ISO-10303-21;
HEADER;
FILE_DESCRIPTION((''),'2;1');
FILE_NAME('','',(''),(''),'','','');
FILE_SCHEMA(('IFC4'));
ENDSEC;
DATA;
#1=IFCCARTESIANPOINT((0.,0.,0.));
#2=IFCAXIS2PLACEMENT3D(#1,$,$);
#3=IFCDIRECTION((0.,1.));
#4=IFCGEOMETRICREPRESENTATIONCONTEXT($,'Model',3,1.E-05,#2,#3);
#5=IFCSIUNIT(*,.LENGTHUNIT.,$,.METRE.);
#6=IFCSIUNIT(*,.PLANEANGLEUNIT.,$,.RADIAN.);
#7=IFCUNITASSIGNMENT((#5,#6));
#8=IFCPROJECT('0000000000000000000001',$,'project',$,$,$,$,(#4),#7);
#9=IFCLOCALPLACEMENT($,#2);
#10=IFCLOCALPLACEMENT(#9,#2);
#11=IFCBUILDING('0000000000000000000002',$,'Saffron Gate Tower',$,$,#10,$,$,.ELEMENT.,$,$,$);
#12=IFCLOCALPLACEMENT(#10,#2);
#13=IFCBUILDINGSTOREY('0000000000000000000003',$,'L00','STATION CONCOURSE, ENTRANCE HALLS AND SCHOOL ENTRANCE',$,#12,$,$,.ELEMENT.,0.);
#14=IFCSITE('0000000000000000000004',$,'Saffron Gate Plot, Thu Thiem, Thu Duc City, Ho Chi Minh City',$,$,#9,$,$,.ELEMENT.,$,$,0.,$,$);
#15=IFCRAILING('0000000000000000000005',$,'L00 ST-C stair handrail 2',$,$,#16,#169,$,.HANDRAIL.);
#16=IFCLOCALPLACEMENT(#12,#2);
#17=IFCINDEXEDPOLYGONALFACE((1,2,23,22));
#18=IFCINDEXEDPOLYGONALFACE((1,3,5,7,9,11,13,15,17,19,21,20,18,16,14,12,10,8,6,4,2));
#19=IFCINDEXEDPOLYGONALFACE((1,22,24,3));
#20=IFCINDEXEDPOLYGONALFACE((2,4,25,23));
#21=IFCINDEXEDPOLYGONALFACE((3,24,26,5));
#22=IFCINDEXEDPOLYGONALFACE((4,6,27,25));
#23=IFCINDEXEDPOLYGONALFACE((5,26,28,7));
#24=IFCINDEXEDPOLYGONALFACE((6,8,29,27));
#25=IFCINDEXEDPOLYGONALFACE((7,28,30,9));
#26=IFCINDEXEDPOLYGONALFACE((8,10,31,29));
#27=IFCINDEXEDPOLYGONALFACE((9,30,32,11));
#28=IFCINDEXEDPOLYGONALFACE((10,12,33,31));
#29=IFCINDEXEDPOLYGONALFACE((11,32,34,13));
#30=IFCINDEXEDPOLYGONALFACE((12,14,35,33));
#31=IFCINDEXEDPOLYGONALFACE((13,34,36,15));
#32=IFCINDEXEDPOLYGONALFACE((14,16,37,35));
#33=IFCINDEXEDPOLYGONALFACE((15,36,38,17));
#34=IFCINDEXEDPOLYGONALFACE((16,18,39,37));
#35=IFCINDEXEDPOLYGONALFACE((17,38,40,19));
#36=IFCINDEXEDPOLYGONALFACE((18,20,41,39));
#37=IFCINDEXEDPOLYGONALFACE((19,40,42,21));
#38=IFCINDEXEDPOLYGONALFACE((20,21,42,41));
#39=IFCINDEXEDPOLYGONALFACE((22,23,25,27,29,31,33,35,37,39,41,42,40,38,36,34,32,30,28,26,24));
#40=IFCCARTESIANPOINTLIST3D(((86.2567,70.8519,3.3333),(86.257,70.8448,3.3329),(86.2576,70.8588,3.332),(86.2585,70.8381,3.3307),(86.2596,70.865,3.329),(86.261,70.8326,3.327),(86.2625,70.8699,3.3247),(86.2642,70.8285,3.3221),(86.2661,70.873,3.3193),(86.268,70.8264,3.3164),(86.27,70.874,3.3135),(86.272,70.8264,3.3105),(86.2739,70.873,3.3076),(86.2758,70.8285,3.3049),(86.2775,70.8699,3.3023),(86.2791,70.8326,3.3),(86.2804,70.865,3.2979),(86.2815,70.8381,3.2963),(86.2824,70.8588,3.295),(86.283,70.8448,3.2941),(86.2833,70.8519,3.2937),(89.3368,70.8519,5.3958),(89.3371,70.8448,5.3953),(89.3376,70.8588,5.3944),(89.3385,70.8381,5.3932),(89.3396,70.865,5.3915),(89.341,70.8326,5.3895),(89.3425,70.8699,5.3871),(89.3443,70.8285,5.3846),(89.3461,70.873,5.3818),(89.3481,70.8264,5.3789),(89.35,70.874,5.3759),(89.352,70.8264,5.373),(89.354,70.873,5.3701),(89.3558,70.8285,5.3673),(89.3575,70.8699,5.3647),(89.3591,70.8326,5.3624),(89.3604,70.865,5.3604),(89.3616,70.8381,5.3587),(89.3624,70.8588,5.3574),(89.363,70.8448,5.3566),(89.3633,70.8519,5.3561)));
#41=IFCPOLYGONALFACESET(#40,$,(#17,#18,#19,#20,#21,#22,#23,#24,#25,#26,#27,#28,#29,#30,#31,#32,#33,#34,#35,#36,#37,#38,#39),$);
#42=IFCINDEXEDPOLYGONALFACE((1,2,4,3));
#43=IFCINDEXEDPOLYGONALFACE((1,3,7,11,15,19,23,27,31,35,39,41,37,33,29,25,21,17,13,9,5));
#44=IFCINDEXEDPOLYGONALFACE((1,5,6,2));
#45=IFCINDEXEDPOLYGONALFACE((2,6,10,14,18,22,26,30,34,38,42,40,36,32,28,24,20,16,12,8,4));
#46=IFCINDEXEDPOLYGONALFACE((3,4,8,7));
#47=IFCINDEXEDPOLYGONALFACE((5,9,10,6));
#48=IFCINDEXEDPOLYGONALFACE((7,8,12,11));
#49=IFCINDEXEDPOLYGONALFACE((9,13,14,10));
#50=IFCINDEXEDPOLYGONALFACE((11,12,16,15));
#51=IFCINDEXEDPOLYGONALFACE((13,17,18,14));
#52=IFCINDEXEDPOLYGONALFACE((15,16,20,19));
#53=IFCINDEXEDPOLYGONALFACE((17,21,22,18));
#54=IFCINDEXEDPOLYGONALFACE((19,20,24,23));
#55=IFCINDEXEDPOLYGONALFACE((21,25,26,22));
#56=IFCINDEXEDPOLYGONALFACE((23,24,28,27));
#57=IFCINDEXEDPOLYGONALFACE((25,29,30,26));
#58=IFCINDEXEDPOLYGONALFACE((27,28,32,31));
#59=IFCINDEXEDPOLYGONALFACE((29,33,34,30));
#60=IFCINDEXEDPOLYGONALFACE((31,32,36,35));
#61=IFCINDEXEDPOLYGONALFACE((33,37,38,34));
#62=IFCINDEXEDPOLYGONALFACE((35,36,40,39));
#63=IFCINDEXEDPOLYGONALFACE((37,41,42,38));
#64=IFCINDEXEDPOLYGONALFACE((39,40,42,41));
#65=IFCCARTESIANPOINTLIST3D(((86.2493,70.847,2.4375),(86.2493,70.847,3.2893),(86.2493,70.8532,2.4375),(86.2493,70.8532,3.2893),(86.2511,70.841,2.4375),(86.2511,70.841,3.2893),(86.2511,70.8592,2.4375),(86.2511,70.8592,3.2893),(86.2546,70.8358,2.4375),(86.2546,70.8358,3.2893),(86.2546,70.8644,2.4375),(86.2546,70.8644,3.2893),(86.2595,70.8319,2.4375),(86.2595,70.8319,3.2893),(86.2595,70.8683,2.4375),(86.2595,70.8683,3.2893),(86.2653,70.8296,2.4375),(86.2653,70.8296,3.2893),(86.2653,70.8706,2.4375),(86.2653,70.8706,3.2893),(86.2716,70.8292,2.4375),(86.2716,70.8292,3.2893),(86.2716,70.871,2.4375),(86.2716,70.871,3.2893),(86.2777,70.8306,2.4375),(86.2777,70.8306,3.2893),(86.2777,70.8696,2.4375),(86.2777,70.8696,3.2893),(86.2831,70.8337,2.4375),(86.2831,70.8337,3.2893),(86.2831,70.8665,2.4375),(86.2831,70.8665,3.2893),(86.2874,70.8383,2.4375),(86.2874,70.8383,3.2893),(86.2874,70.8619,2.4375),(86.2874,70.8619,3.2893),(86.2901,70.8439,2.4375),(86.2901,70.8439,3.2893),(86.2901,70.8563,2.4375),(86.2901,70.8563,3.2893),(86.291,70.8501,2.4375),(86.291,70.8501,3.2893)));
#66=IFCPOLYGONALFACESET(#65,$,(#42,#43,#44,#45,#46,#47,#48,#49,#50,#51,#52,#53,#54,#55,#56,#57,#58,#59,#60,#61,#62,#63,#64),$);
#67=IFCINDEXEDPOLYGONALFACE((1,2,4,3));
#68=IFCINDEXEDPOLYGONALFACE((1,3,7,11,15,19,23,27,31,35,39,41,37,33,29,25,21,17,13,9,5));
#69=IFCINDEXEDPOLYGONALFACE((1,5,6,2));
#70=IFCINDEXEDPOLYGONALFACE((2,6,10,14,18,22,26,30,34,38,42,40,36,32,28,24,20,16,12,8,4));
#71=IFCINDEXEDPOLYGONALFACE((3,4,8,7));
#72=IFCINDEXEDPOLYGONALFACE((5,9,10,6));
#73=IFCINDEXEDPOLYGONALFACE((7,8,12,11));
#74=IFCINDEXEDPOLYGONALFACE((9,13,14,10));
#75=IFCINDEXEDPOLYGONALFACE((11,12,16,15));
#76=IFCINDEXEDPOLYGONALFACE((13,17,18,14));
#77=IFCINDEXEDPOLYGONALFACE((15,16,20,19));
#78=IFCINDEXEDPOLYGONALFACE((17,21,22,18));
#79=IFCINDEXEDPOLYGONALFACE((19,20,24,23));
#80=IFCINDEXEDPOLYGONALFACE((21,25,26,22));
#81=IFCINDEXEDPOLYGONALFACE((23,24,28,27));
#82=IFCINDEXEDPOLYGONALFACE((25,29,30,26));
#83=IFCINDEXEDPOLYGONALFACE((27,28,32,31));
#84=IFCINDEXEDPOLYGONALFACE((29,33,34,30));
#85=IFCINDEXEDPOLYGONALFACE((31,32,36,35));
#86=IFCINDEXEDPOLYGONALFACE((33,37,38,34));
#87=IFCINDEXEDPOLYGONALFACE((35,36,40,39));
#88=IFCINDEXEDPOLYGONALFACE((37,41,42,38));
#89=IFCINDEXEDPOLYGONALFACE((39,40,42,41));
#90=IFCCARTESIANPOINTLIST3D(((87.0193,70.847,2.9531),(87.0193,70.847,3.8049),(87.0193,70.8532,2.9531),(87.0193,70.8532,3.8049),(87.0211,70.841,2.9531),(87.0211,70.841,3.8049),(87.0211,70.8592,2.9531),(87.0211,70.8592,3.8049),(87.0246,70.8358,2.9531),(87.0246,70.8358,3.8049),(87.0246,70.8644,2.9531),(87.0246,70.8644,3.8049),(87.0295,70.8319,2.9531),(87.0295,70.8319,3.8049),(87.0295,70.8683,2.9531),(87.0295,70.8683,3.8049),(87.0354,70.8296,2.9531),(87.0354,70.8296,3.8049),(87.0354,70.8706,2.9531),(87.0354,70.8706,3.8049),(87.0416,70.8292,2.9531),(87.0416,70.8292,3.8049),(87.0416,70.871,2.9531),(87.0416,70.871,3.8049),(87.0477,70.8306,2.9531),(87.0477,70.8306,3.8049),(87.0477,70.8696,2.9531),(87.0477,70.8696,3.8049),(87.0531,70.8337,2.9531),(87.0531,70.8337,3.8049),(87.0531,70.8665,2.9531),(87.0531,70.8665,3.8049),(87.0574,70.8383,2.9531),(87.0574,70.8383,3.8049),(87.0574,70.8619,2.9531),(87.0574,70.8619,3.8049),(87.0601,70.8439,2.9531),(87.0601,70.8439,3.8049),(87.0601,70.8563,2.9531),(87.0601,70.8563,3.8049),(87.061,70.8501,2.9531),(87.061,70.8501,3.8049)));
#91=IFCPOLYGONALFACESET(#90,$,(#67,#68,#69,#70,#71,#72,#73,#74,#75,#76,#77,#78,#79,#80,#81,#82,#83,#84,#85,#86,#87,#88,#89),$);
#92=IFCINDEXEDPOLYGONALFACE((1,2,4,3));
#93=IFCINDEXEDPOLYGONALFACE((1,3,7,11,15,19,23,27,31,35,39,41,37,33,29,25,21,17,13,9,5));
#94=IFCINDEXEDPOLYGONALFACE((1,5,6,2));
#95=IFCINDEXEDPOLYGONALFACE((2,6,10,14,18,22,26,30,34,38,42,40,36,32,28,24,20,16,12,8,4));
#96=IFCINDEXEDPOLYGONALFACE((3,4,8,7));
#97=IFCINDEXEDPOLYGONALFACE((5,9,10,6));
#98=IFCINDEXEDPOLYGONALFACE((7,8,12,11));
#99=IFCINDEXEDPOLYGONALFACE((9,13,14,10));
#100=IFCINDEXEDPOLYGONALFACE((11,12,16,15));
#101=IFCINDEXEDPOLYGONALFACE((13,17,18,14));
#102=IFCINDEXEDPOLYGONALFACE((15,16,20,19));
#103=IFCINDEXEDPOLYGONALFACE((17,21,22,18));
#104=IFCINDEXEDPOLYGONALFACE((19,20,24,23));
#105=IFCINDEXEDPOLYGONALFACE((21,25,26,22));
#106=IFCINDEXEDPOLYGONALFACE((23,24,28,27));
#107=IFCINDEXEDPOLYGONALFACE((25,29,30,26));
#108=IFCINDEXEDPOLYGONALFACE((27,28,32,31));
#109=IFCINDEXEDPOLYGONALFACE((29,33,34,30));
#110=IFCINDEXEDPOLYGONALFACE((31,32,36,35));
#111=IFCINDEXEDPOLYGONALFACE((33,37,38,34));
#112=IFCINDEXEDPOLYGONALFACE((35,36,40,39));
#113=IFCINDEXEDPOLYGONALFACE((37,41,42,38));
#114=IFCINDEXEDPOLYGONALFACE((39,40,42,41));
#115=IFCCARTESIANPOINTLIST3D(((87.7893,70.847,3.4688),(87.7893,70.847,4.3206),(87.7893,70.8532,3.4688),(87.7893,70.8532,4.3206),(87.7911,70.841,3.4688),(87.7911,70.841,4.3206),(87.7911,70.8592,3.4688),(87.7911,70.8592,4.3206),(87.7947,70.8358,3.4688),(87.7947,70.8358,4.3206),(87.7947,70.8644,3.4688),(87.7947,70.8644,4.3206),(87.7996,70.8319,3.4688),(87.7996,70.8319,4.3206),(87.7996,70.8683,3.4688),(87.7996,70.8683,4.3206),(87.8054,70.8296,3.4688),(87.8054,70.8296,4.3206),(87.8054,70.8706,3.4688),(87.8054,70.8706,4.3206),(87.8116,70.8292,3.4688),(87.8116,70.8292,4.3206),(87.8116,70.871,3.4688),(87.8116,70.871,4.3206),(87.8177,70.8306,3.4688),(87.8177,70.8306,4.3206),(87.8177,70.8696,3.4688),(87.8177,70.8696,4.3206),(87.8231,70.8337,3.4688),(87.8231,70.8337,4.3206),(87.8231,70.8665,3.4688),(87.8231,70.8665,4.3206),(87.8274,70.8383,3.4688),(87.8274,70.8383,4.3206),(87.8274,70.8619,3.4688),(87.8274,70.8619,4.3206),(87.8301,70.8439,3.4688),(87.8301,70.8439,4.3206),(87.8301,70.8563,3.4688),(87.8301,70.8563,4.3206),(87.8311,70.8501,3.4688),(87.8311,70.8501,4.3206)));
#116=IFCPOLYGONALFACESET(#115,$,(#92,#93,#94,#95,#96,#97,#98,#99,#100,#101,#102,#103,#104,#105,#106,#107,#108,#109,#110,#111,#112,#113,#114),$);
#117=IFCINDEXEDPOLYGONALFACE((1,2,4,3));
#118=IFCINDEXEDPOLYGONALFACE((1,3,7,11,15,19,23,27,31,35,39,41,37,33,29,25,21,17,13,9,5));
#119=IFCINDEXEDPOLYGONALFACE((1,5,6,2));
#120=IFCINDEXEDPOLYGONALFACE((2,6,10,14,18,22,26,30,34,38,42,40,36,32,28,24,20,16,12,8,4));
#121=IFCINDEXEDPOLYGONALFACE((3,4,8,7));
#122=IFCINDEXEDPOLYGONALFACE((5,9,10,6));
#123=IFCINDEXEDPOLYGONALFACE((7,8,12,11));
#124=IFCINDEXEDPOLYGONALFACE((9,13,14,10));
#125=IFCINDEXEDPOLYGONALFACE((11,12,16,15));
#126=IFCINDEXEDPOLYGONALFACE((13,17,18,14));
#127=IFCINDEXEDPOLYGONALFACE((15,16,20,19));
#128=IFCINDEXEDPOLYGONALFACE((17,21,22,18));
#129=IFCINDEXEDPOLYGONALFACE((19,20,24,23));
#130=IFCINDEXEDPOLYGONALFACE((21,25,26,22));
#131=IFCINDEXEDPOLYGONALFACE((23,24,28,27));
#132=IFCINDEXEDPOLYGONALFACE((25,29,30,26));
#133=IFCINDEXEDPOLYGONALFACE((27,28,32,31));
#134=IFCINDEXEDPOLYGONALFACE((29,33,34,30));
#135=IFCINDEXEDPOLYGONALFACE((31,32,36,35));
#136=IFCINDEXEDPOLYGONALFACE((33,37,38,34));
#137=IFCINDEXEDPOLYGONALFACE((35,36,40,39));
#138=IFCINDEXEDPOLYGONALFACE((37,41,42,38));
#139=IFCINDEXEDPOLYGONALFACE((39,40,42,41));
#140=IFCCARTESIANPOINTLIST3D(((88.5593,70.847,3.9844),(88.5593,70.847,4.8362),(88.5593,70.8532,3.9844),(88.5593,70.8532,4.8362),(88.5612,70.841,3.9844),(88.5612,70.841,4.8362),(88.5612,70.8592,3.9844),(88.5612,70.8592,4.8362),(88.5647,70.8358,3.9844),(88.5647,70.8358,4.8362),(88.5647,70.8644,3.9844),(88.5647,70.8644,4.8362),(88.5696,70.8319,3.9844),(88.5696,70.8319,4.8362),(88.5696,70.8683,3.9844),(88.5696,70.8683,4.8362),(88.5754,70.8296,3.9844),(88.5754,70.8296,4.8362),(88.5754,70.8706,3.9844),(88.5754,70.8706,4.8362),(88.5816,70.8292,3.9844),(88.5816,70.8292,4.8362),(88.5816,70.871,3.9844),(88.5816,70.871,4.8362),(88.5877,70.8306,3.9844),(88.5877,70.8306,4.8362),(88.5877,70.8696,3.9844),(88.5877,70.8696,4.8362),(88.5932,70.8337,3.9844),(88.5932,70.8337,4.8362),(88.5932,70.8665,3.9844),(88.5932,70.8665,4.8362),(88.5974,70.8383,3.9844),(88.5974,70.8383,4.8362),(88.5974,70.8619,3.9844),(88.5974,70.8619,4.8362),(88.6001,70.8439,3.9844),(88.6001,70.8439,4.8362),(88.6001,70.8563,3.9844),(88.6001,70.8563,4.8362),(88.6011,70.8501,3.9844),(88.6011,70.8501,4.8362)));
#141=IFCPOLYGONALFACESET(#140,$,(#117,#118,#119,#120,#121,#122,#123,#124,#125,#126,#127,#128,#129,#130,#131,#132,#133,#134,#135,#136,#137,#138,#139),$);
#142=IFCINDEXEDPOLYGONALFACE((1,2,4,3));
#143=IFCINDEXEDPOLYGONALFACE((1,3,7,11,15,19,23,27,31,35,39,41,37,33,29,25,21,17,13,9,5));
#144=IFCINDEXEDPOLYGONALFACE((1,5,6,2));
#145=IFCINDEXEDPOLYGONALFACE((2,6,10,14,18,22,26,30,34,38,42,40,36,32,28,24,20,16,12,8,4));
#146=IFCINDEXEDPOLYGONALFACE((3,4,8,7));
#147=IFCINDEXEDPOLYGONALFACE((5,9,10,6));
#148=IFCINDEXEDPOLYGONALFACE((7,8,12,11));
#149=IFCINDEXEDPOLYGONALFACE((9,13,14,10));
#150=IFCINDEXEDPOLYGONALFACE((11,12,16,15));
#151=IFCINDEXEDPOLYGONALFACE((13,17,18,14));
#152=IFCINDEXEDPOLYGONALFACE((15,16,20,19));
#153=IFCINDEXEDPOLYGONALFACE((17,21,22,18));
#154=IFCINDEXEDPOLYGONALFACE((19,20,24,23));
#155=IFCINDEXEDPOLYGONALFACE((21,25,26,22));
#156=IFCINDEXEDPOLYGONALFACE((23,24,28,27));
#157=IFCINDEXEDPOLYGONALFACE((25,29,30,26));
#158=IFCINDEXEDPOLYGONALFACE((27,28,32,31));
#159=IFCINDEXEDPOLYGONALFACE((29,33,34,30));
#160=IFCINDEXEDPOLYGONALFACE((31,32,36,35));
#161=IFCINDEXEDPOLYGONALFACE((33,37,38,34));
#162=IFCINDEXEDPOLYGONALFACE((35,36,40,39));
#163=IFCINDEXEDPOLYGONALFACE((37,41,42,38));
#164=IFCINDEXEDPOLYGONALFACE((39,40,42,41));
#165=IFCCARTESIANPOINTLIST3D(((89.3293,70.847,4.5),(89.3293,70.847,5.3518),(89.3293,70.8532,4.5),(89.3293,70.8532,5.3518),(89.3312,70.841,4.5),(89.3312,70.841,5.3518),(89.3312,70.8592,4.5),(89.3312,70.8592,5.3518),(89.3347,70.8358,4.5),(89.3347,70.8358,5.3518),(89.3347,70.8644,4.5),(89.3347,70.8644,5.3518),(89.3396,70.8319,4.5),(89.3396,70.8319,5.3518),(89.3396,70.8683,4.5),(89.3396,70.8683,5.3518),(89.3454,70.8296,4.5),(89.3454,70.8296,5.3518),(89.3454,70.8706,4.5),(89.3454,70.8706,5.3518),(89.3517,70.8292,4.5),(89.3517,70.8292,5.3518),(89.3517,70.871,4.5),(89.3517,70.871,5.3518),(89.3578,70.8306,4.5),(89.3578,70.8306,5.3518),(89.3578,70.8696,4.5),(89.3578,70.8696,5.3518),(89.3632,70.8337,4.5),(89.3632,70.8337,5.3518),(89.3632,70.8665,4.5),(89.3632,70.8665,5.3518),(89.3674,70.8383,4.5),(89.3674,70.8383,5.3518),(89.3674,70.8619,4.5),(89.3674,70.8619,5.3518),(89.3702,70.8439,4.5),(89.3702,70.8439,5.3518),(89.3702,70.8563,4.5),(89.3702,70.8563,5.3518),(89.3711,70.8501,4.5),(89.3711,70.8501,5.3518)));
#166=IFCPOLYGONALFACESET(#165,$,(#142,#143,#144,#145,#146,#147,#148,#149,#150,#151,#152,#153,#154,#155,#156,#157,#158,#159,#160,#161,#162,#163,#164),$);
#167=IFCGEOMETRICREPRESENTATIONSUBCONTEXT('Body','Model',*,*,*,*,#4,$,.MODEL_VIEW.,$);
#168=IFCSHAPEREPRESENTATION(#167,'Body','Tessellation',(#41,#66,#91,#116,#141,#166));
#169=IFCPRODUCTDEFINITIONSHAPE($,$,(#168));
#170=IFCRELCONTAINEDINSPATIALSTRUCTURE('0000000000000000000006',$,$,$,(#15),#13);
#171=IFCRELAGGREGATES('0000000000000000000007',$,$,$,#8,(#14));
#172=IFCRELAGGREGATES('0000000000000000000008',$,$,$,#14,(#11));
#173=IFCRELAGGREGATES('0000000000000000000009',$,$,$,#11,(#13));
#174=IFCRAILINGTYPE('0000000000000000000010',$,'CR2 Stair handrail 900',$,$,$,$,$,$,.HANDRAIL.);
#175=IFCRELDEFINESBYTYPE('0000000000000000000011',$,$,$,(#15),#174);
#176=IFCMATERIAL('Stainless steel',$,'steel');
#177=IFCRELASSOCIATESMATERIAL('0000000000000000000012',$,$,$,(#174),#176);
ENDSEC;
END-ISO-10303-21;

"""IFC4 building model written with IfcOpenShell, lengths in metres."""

from ifc_helpers import new_model, si_unit, direction, frame, origin, origin_2d, place, context, subcontext, project, spatial, circle, extrude, material, type_object, element, save


model = new_model("IFC4")

# Units and contexts
model_context = context("Model", 3, precision=1e-05, world=origin(), true_north=direction((0.0, 1.0)))
body_context = subcontext(model_context, "Body", "Model", "MODEL_VIEW")
ifc_project = project(units=[si_unit("LENGTHUNIT", "METRE"), si_unit("PLANEANGLEUNIT", "RADIAN")], contexts=[model_context])

# Site, building, storey
site_placement = place(None, origin())
site = spatial("IfcSite", under=ifc_project, at=site_placement, Name="Saffron Gate Plot, Thu Thiem, Thu Duc City, Ho Chi Minh City", CompositionType="ELEMENT", RefElevation=0.0)
building_placement = place(site_placement, origin())
building = spatial("IfcBuilding", under=site, at=building_placement, Name="Saffron Gate Tower", CompositionType="ELEMENT")
storey_placement = place(building_placement, origin())
storey = spatial("IfcBuildingStorey", under=building, at=storey_placement, Name="L00", Description="STATION CONCOURSE, ENTRANCE HALLS AND SCHOOL ENTRANCE", CompositionType="ELEMENT", Elevation=0.0)

# Railing
ifc_material_1 = material(Name="Stainless steel", Category="steel")
railing_type = type_object("IfcRailingType", Name="CR2 Stair handrail 900", PredefinedType="HANDRAIL", material=ifc_material_1)
for number, where, name in (
    (1, (86.27, 70.8501, 2.4375), "L00 ST-C stair handrail 2"),
):
    element("IfcRailing", number, at=place(storey_placement, frame(where)), inside=storey, type_object=railing_type, Name=name, PredefinedType="HANDRAIL", context=body_context, shape_type="SweptSolid", body=[
        extrude(circle(Radius=0.0239, at=origin_2d()), frame((0.0, 0.0, 0.876), z_axis=(0.830914, 0.0, 0.556401), x_axis=(0.0, 1.0, 0.0)), (0.0, 0.0, 1.0), 3.7068),
        extrude(circle(Radius=0.021, at=origin_2d()), origin(), (0.0, 0.0, 1.0), 0.8518),
        extrude(circle(Radius=0.021, at=origin_2d()), frame((0.77, 0.0, 0.5156)), (0.0, 0.0, 1.0), 0.8518),
        extrude(circle(Radius=0.021, at=origin_2d()), frame((1.54, 0.0, 1.0312)), (0.0, 0.0, 1.0), 0.8518),
        extrude(circle(Radius=0.021, at=origin_2d()), frame((2.3101, 0.0, 1.5469)), (0.0, 0.0, 1.0), 0.8518),
        extrude(circle(Radius=0.021, at=origin_2d()), frame((3.0801, 0.0, 2.0625)), (0.0, 0.0, 1.0), 0.8518),
    ])

save(model, "model.ifc")
